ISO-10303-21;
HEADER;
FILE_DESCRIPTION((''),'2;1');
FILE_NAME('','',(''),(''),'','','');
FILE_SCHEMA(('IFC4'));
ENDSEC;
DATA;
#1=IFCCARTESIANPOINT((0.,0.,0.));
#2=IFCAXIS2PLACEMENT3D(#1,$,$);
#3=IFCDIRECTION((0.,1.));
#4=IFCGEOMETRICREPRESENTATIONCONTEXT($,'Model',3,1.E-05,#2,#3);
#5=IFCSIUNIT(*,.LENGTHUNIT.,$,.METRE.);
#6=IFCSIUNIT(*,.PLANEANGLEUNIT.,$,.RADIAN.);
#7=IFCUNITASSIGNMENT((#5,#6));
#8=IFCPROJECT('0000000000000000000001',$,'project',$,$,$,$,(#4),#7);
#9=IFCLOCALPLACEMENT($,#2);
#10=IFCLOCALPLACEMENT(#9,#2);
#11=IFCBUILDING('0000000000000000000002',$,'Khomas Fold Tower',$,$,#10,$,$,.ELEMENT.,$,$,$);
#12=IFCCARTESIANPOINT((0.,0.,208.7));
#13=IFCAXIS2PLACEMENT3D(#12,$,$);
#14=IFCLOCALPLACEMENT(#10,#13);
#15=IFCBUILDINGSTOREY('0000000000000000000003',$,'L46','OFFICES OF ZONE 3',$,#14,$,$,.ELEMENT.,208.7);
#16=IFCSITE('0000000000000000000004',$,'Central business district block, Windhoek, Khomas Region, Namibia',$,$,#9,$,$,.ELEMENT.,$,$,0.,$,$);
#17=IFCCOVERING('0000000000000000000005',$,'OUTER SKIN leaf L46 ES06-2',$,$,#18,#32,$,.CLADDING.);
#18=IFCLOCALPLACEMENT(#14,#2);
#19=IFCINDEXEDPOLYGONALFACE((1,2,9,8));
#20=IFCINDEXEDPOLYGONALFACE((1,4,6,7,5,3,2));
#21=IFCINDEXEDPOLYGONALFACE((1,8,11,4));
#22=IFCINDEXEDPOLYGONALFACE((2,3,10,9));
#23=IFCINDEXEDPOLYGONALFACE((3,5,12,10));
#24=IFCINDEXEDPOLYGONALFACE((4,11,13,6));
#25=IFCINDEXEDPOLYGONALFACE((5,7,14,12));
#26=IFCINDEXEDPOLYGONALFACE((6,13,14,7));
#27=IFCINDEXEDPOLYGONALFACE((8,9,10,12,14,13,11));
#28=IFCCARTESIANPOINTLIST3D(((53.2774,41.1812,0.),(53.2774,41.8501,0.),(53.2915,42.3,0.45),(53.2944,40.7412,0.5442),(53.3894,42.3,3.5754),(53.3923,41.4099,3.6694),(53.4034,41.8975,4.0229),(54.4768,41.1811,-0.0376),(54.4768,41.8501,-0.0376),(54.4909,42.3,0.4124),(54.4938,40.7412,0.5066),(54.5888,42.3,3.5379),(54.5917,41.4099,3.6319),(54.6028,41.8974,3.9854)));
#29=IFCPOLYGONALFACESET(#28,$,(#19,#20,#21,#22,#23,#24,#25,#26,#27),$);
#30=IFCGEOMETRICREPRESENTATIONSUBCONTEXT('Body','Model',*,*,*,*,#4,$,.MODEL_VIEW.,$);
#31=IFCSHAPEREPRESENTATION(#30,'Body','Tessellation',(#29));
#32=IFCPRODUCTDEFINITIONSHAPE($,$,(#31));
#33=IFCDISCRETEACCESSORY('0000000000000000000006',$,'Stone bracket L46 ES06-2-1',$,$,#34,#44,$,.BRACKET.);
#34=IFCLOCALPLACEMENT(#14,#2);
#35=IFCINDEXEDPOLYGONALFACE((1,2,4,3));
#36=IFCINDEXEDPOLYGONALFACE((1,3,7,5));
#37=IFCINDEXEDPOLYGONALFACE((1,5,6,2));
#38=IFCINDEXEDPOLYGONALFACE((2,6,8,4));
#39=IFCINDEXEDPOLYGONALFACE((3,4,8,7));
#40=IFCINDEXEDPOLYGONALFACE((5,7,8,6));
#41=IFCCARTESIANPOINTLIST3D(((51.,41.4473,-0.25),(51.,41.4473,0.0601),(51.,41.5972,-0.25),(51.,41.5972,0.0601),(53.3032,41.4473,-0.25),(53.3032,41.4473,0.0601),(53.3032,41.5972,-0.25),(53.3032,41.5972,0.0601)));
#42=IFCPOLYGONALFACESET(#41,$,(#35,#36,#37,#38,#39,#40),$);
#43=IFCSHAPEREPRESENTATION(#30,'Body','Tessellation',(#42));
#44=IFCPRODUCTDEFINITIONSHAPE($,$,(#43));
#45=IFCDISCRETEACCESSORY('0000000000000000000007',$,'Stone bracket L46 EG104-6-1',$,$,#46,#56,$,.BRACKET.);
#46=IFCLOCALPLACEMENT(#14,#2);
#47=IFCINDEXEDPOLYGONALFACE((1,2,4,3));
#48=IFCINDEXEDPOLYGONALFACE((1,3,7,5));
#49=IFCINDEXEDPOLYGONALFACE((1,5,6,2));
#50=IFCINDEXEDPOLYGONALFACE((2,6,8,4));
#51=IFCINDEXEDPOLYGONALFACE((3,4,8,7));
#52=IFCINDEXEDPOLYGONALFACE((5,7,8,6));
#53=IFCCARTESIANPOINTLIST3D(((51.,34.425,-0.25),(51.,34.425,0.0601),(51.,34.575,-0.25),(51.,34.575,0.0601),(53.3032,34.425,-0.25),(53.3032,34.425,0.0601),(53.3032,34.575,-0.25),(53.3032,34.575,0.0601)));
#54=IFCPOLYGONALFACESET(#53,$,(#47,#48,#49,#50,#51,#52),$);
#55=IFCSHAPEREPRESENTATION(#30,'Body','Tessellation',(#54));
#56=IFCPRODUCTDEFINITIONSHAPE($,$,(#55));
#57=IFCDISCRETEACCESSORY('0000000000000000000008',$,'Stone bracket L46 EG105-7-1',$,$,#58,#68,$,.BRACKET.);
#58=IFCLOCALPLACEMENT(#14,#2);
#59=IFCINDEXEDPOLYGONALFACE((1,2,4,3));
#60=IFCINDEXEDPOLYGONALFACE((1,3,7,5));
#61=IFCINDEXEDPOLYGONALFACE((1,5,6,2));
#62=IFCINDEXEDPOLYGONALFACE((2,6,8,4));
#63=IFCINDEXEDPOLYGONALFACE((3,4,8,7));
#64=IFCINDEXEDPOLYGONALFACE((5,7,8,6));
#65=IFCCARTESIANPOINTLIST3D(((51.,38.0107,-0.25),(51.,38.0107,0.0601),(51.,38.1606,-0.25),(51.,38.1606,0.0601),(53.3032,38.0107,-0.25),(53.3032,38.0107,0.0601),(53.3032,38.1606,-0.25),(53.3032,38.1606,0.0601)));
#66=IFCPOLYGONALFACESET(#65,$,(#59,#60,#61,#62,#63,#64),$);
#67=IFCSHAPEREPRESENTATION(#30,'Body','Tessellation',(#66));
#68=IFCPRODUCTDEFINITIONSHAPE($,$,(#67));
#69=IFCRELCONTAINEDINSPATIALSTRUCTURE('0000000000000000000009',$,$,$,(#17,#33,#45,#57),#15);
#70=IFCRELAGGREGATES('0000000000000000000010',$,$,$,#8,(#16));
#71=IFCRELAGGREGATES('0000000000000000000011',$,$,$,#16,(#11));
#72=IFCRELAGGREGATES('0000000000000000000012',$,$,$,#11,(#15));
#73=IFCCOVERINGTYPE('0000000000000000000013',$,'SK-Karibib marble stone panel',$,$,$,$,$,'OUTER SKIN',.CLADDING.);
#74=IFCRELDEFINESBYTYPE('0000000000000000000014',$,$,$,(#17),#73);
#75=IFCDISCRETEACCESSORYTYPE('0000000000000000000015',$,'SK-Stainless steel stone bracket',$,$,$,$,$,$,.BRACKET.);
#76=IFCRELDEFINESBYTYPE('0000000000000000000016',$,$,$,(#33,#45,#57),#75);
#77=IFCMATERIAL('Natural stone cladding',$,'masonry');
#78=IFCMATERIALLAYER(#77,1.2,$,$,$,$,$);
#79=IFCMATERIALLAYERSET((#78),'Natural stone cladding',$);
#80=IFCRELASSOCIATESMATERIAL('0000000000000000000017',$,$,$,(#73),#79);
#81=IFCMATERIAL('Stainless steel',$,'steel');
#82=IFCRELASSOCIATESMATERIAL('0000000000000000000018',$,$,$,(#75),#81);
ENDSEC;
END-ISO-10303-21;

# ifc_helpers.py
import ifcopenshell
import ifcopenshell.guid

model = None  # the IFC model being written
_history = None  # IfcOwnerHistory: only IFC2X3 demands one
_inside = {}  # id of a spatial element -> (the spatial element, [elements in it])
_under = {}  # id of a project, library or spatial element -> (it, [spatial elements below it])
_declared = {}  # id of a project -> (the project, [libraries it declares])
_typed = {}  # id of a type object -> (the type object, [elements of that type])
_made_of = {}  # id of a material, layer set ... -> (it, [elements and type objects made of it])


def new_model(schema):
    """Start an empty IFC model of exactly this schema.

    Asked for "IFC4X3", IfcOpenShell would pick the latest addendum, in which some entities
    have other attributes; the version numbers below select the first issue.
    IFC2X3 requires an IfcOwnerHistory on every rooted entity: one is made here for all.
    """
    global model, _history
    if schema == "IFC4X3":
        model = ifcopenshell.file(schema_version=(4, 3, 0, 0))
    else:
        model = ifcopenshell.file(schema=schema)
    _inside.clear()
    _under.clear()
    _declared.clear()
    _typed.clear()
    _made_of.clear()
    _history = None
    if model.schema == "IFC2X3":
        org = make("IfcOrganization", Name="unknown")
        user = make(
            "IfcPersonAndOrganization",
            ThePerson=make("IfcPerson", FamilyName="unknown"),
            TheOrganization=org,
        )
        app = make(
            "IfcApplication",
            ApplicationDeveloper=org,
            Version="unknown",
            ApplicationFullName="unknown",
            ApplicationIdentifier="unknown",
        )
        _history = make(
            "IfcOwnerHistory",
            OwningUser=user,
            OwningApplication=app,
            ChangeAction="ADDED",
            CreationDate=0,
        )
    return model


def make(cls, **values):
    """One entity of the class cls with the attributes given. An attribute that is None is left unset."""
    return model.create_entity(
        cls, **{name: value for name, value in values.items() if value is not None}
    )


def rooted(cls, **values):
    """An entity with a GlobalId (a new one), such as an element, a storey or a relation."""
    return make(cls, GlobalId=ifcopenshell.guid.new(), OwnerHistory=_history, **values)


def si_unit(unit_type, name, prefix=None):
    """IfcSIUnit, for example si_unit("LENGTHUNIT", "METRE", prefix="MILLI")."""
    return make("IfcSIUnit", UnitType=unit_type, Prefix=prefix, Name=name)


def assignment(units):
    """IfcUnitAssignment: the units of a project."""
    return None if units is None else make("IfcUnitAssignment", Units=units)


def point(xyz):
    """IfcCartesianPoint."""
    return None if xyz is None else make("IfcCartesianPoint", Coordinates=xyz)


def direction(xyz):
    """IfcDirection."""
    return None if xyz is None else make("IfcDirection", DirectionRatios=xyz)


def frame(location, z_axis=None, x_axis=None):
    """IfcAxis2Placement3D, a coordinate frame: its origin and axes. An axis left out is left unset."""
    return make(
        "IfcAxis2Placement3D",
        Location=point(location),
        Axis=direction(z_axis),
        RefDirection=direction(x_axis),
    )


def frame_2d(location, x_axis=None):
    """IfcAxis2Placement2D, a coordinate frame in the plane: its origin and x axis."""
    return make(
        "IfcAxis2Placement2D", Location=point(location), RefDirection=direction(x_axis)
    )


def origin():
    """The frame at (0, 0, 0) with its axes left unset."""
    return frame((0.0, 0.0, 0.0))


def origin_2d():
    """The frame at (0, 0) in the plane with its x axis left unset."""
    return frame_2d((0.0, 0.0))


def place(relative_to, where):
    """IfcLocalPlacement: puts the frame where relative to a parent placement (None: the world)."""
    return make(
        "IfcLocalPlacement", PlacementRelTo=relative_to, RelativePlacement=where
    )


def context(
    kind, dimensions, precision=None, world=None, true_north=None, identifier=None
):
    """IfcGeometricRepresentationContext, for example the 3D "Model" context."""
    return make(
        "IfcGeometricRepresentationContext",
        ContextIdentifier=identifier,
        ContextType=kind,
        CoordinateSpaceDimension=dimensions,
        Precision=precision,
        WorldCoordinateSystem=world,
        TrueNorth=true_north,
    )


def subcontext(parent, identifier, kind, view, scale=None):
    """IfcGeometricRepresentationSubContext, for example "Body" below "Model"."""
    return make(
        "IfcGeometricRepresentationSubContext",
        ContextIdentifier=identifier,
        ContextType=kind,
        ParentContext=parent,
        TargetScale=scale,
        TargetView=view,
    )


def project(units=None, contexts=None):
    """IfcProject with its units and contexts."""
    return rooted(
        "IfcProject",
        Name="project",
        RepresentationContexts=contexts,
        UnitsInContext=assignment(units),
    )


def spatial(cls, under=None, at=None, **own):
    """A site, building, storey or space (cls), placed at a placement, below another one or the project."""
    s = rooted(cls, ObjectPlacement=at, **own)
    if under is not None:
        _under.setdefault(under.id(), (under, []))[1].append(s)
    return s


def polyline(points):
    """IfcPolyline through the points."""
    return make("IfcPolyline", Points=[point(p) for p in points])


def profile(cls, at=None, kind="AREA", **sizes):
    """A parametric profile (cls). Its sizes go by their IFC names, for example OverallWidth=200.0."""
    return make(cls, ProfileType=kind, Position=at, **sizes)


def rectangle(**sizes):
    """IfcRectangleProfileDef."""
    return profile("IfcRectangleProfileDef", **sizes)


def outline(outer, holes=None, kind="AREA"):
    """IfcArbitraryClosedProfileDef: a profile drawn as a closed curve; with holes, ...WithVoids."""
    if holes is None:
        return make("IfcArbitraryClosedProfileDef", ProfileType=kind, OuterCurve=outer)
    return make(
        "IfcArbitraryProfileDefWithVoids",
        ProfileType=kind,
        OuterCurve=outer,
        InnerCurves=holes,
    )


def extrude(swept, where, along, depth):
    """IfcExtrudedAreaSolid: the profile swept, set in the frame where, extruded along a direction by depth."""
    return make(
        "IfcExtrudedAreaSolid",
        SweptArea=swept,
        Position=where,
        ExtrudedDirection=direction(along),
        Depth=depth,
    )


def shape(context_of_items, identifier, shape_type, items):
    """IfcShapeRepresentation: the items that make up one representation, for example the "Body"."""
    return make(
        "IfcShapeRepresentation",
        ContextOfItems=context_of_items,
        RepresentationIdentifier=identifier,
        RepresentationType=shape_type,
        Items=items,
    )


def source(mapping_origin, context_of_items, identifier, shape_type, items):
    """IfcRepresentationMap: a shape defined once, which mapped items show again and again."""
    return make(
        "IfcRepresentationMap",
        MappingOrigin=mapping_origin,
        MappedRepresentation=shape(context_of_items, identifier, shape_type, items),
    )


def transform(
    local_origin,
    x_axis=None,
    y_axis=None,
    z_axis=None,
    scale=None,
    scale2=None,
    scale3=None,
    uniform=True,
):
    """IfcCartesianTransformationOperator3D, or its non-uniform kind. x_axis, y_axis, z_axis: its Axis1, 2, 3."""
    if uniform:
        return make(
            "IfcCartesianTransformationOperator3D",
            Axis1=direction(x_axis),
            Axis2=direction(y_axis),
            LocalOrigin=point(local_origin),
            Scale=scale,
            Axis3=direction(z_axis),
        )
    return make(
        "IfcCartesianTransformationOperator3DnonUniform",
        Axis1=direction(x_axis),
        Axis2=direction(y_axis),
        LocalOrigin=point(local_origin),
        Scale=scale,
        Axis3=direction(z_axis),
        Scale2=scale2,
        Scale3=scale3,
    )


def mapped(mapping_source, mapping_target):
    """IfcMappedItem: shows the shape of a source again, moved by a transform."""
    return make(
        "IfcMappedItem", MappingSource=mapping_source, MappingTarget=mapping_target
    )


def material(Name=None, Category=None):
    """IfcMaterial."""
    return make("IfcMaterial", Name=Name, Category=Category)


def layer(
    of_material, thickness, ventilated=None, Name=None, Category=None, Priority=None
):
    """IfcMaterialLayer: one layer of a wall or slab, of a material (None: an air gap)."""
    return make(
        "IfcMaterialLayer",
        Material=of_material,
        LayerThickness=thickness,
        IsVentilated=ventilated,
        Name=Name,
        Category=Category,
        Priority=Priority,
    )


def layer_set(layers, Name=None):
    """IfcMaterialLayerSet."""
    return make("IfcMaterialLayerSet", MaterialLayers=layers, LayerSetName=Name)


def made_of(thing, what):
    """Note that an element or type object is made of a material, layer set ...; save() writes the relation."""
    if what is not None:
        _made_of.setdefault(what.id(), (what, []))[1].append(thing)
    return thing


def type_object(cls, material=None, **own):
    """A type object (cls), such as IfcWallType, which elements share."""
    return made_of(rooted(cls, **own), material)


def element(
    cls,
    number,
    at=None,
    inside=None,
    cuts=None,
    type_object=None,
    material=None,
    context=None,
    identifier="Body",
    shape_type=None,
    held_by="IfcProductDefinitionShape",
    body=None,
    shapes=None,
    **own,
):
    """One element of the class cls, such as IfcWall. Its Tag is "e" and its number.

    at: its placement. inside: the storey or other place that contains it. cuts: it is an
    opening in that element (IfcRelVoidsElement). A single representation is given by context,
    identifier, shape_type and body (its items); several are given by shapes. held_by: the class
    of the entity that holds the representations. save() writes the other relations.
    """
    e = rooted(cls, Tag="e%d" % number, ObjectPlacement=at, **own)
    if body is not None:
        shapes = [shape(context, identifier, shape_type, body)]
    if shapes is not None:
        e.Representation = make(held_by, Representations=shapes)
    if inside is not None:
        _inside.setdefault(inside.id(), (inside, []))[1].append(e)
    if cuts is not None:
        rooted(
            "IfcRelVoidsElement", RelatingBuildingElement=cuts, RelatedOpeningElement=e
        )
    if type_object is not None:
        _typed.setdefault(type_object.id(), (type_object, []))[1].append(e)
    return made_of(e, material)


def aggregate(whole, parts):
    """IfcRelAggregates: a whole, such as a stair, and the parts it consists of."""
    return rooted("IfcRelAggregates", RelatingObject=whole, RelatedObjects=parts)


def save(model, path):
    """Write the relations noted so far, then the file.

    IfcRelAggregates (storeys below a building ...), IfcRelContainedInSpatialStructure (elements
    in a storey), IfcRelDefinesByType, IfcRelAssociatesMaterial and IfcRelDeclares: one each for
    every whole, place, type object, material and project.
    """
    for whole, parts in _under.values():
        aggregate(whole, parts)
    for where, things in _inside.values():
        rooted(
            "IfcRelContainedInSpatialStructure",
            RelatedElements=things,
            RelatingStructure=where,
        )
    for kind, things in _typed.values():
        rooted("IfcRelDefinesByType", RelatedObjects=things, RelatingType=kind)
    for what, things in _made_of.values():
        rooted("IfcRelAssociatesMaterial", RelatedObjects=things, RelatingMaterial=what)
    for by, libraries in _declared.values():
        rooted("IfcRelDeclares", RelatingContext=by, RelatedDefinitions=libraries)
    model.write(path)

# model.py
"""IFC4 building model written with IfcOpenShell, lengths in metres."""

from ifc_helpers import new_model, si_unit, direction, frame, origin, origin_2d, place, context, subcontext, project, spatial, polyline, rectangle, outline, extrude, source, transform, mapped, material, layer, layer_set, type_object, element, save


model = new_model("IFC4")

# Units and contexts
model_context = context("Model", 3, precision=1e-05, world=origin(), true_north=direction((0.0, 1.0)))
body_context = subcontext(model_context, "Body", "Model", "MODEL_VIEW")
ifc_project = project(units=[si_unit("LENGTHUNIT", "METRE"), si_unit("PLANEANGLEUNIT", "RADIAN")], contexts=[model_context])

# Site, building, storey
site_placement = place(None, origin())
site = spatial("IfcSite", under=ifc_project, at=site_placement, Name="Central business district block, Windhoek, Khomas Region, Namibia", CompositionType="ELEMENT", RefElevation=0.0)
building_placement = place(site_placement, origin())
building = spatial("IfcBuilding", under=site, at=building_placement, Name="Khomas Fold Tower", CompositionType="ELEMENT")
storey_placement = place(building_placement, frame((0.0, 0.0, 208.7)))
storey = spatial("IfcBuildingStorey", under=building, at=storey_placement, Name="L46", Description="OFFICES OF ZONE 3", CompositionType="ELEMENT", Elevation=208.7)

# Covering
ifc_material_1 = material(Name="Natural stone cladding", Category="masonry")
ifc_layer_1 = layer(ifc_material_1, 1.2)
ifc_layer_set_1 = layer_set([ifc_layer_1], Name="Natural stone cladding")
covering_type = type_object("IfcCoveringType", Name="SK-Karibib marble stone panel", ElementType="OUTER SKIN", PredefinedType="CLADDING", material=ifc_layer_set_1)
covering_placement = place(storey_placement, frame((53.2944, 40.7412, 0.5442), z_axis=(-0.99951, 0.000014, 0.031312), x_axis=(0.030622, 0.209134, 0.977407)))
element("IfcCovering", 1, at=covering_placement, inside=storey, type_object=covering_type, Name="OUTER SKIN leaf L46 ES06-2", PredefinedType="CLADDING", context=body_context, shape_type="SweptSolid", body=[
    extrude(outline(polyline([(0.0, 0.0), (3.1975, 0.0), (3.6453, 0.4028), (3.2917, 0.8901), (0.2338, 1.5441), (-0.3005, 1.1982), (-0.4404, 0.5441), (0.0, 0.0)])), origin(), (0.0, 0.0, -1.0), 1.2),
])

# Discrete accessories
ifc_material_2 = material(Name="Stainless steel", Category="steel")
discrete_accessory_type = type_object("IfcDiscreteAccessoryType", Name="SK-Stainless steel stone bracket", PredefinedType="BRACKET", material=ifc_material_2)
shared_shape_1 = source(origin(), body_context, "Body", "SweptSolid", [
    extrude(rectangle(XDim=2.3032, YDim=0.1499, at=origin_2d()), origin(), (0.0, 0.0, 1.0), 0.3101),
])
for number, where, z_axis, x_axis, name in (
    (2, (52.1516, 41.5222, -0.25), (0.0, 0.0, 1.0), (1.0, 0.0, 0.0), "Stone bracket L46 ES06-2-1"),
    (3, (52.1516, 34.5, -0.25), (0.0, 0.0, 1.0), (1.0, 0.0, 0.0), "Stone bracket L46 EG104-6-1"),
    (4, (52.1516, 38.0857, -0.25), (0.0, 0.0, 1.0), (1.0, 0.0, 0.0), "Stone bracket L46 EG105-7-1"),
):
    element("IfcDiscreteAccessory", number, at=place(storey_placement, frame(where, z_axis=z_axis, x_axis=x_axis)), inside=storey, type_object=discrete_accessory_type, Name=name, PredefinedType="BRACKET", context=body_context, shape_type="MappedRepresentation", body=[
        mapped(shared_shape_1, transform((0.0, 0.0, 0.0))),
    ])

save(model, "model.ifc")
